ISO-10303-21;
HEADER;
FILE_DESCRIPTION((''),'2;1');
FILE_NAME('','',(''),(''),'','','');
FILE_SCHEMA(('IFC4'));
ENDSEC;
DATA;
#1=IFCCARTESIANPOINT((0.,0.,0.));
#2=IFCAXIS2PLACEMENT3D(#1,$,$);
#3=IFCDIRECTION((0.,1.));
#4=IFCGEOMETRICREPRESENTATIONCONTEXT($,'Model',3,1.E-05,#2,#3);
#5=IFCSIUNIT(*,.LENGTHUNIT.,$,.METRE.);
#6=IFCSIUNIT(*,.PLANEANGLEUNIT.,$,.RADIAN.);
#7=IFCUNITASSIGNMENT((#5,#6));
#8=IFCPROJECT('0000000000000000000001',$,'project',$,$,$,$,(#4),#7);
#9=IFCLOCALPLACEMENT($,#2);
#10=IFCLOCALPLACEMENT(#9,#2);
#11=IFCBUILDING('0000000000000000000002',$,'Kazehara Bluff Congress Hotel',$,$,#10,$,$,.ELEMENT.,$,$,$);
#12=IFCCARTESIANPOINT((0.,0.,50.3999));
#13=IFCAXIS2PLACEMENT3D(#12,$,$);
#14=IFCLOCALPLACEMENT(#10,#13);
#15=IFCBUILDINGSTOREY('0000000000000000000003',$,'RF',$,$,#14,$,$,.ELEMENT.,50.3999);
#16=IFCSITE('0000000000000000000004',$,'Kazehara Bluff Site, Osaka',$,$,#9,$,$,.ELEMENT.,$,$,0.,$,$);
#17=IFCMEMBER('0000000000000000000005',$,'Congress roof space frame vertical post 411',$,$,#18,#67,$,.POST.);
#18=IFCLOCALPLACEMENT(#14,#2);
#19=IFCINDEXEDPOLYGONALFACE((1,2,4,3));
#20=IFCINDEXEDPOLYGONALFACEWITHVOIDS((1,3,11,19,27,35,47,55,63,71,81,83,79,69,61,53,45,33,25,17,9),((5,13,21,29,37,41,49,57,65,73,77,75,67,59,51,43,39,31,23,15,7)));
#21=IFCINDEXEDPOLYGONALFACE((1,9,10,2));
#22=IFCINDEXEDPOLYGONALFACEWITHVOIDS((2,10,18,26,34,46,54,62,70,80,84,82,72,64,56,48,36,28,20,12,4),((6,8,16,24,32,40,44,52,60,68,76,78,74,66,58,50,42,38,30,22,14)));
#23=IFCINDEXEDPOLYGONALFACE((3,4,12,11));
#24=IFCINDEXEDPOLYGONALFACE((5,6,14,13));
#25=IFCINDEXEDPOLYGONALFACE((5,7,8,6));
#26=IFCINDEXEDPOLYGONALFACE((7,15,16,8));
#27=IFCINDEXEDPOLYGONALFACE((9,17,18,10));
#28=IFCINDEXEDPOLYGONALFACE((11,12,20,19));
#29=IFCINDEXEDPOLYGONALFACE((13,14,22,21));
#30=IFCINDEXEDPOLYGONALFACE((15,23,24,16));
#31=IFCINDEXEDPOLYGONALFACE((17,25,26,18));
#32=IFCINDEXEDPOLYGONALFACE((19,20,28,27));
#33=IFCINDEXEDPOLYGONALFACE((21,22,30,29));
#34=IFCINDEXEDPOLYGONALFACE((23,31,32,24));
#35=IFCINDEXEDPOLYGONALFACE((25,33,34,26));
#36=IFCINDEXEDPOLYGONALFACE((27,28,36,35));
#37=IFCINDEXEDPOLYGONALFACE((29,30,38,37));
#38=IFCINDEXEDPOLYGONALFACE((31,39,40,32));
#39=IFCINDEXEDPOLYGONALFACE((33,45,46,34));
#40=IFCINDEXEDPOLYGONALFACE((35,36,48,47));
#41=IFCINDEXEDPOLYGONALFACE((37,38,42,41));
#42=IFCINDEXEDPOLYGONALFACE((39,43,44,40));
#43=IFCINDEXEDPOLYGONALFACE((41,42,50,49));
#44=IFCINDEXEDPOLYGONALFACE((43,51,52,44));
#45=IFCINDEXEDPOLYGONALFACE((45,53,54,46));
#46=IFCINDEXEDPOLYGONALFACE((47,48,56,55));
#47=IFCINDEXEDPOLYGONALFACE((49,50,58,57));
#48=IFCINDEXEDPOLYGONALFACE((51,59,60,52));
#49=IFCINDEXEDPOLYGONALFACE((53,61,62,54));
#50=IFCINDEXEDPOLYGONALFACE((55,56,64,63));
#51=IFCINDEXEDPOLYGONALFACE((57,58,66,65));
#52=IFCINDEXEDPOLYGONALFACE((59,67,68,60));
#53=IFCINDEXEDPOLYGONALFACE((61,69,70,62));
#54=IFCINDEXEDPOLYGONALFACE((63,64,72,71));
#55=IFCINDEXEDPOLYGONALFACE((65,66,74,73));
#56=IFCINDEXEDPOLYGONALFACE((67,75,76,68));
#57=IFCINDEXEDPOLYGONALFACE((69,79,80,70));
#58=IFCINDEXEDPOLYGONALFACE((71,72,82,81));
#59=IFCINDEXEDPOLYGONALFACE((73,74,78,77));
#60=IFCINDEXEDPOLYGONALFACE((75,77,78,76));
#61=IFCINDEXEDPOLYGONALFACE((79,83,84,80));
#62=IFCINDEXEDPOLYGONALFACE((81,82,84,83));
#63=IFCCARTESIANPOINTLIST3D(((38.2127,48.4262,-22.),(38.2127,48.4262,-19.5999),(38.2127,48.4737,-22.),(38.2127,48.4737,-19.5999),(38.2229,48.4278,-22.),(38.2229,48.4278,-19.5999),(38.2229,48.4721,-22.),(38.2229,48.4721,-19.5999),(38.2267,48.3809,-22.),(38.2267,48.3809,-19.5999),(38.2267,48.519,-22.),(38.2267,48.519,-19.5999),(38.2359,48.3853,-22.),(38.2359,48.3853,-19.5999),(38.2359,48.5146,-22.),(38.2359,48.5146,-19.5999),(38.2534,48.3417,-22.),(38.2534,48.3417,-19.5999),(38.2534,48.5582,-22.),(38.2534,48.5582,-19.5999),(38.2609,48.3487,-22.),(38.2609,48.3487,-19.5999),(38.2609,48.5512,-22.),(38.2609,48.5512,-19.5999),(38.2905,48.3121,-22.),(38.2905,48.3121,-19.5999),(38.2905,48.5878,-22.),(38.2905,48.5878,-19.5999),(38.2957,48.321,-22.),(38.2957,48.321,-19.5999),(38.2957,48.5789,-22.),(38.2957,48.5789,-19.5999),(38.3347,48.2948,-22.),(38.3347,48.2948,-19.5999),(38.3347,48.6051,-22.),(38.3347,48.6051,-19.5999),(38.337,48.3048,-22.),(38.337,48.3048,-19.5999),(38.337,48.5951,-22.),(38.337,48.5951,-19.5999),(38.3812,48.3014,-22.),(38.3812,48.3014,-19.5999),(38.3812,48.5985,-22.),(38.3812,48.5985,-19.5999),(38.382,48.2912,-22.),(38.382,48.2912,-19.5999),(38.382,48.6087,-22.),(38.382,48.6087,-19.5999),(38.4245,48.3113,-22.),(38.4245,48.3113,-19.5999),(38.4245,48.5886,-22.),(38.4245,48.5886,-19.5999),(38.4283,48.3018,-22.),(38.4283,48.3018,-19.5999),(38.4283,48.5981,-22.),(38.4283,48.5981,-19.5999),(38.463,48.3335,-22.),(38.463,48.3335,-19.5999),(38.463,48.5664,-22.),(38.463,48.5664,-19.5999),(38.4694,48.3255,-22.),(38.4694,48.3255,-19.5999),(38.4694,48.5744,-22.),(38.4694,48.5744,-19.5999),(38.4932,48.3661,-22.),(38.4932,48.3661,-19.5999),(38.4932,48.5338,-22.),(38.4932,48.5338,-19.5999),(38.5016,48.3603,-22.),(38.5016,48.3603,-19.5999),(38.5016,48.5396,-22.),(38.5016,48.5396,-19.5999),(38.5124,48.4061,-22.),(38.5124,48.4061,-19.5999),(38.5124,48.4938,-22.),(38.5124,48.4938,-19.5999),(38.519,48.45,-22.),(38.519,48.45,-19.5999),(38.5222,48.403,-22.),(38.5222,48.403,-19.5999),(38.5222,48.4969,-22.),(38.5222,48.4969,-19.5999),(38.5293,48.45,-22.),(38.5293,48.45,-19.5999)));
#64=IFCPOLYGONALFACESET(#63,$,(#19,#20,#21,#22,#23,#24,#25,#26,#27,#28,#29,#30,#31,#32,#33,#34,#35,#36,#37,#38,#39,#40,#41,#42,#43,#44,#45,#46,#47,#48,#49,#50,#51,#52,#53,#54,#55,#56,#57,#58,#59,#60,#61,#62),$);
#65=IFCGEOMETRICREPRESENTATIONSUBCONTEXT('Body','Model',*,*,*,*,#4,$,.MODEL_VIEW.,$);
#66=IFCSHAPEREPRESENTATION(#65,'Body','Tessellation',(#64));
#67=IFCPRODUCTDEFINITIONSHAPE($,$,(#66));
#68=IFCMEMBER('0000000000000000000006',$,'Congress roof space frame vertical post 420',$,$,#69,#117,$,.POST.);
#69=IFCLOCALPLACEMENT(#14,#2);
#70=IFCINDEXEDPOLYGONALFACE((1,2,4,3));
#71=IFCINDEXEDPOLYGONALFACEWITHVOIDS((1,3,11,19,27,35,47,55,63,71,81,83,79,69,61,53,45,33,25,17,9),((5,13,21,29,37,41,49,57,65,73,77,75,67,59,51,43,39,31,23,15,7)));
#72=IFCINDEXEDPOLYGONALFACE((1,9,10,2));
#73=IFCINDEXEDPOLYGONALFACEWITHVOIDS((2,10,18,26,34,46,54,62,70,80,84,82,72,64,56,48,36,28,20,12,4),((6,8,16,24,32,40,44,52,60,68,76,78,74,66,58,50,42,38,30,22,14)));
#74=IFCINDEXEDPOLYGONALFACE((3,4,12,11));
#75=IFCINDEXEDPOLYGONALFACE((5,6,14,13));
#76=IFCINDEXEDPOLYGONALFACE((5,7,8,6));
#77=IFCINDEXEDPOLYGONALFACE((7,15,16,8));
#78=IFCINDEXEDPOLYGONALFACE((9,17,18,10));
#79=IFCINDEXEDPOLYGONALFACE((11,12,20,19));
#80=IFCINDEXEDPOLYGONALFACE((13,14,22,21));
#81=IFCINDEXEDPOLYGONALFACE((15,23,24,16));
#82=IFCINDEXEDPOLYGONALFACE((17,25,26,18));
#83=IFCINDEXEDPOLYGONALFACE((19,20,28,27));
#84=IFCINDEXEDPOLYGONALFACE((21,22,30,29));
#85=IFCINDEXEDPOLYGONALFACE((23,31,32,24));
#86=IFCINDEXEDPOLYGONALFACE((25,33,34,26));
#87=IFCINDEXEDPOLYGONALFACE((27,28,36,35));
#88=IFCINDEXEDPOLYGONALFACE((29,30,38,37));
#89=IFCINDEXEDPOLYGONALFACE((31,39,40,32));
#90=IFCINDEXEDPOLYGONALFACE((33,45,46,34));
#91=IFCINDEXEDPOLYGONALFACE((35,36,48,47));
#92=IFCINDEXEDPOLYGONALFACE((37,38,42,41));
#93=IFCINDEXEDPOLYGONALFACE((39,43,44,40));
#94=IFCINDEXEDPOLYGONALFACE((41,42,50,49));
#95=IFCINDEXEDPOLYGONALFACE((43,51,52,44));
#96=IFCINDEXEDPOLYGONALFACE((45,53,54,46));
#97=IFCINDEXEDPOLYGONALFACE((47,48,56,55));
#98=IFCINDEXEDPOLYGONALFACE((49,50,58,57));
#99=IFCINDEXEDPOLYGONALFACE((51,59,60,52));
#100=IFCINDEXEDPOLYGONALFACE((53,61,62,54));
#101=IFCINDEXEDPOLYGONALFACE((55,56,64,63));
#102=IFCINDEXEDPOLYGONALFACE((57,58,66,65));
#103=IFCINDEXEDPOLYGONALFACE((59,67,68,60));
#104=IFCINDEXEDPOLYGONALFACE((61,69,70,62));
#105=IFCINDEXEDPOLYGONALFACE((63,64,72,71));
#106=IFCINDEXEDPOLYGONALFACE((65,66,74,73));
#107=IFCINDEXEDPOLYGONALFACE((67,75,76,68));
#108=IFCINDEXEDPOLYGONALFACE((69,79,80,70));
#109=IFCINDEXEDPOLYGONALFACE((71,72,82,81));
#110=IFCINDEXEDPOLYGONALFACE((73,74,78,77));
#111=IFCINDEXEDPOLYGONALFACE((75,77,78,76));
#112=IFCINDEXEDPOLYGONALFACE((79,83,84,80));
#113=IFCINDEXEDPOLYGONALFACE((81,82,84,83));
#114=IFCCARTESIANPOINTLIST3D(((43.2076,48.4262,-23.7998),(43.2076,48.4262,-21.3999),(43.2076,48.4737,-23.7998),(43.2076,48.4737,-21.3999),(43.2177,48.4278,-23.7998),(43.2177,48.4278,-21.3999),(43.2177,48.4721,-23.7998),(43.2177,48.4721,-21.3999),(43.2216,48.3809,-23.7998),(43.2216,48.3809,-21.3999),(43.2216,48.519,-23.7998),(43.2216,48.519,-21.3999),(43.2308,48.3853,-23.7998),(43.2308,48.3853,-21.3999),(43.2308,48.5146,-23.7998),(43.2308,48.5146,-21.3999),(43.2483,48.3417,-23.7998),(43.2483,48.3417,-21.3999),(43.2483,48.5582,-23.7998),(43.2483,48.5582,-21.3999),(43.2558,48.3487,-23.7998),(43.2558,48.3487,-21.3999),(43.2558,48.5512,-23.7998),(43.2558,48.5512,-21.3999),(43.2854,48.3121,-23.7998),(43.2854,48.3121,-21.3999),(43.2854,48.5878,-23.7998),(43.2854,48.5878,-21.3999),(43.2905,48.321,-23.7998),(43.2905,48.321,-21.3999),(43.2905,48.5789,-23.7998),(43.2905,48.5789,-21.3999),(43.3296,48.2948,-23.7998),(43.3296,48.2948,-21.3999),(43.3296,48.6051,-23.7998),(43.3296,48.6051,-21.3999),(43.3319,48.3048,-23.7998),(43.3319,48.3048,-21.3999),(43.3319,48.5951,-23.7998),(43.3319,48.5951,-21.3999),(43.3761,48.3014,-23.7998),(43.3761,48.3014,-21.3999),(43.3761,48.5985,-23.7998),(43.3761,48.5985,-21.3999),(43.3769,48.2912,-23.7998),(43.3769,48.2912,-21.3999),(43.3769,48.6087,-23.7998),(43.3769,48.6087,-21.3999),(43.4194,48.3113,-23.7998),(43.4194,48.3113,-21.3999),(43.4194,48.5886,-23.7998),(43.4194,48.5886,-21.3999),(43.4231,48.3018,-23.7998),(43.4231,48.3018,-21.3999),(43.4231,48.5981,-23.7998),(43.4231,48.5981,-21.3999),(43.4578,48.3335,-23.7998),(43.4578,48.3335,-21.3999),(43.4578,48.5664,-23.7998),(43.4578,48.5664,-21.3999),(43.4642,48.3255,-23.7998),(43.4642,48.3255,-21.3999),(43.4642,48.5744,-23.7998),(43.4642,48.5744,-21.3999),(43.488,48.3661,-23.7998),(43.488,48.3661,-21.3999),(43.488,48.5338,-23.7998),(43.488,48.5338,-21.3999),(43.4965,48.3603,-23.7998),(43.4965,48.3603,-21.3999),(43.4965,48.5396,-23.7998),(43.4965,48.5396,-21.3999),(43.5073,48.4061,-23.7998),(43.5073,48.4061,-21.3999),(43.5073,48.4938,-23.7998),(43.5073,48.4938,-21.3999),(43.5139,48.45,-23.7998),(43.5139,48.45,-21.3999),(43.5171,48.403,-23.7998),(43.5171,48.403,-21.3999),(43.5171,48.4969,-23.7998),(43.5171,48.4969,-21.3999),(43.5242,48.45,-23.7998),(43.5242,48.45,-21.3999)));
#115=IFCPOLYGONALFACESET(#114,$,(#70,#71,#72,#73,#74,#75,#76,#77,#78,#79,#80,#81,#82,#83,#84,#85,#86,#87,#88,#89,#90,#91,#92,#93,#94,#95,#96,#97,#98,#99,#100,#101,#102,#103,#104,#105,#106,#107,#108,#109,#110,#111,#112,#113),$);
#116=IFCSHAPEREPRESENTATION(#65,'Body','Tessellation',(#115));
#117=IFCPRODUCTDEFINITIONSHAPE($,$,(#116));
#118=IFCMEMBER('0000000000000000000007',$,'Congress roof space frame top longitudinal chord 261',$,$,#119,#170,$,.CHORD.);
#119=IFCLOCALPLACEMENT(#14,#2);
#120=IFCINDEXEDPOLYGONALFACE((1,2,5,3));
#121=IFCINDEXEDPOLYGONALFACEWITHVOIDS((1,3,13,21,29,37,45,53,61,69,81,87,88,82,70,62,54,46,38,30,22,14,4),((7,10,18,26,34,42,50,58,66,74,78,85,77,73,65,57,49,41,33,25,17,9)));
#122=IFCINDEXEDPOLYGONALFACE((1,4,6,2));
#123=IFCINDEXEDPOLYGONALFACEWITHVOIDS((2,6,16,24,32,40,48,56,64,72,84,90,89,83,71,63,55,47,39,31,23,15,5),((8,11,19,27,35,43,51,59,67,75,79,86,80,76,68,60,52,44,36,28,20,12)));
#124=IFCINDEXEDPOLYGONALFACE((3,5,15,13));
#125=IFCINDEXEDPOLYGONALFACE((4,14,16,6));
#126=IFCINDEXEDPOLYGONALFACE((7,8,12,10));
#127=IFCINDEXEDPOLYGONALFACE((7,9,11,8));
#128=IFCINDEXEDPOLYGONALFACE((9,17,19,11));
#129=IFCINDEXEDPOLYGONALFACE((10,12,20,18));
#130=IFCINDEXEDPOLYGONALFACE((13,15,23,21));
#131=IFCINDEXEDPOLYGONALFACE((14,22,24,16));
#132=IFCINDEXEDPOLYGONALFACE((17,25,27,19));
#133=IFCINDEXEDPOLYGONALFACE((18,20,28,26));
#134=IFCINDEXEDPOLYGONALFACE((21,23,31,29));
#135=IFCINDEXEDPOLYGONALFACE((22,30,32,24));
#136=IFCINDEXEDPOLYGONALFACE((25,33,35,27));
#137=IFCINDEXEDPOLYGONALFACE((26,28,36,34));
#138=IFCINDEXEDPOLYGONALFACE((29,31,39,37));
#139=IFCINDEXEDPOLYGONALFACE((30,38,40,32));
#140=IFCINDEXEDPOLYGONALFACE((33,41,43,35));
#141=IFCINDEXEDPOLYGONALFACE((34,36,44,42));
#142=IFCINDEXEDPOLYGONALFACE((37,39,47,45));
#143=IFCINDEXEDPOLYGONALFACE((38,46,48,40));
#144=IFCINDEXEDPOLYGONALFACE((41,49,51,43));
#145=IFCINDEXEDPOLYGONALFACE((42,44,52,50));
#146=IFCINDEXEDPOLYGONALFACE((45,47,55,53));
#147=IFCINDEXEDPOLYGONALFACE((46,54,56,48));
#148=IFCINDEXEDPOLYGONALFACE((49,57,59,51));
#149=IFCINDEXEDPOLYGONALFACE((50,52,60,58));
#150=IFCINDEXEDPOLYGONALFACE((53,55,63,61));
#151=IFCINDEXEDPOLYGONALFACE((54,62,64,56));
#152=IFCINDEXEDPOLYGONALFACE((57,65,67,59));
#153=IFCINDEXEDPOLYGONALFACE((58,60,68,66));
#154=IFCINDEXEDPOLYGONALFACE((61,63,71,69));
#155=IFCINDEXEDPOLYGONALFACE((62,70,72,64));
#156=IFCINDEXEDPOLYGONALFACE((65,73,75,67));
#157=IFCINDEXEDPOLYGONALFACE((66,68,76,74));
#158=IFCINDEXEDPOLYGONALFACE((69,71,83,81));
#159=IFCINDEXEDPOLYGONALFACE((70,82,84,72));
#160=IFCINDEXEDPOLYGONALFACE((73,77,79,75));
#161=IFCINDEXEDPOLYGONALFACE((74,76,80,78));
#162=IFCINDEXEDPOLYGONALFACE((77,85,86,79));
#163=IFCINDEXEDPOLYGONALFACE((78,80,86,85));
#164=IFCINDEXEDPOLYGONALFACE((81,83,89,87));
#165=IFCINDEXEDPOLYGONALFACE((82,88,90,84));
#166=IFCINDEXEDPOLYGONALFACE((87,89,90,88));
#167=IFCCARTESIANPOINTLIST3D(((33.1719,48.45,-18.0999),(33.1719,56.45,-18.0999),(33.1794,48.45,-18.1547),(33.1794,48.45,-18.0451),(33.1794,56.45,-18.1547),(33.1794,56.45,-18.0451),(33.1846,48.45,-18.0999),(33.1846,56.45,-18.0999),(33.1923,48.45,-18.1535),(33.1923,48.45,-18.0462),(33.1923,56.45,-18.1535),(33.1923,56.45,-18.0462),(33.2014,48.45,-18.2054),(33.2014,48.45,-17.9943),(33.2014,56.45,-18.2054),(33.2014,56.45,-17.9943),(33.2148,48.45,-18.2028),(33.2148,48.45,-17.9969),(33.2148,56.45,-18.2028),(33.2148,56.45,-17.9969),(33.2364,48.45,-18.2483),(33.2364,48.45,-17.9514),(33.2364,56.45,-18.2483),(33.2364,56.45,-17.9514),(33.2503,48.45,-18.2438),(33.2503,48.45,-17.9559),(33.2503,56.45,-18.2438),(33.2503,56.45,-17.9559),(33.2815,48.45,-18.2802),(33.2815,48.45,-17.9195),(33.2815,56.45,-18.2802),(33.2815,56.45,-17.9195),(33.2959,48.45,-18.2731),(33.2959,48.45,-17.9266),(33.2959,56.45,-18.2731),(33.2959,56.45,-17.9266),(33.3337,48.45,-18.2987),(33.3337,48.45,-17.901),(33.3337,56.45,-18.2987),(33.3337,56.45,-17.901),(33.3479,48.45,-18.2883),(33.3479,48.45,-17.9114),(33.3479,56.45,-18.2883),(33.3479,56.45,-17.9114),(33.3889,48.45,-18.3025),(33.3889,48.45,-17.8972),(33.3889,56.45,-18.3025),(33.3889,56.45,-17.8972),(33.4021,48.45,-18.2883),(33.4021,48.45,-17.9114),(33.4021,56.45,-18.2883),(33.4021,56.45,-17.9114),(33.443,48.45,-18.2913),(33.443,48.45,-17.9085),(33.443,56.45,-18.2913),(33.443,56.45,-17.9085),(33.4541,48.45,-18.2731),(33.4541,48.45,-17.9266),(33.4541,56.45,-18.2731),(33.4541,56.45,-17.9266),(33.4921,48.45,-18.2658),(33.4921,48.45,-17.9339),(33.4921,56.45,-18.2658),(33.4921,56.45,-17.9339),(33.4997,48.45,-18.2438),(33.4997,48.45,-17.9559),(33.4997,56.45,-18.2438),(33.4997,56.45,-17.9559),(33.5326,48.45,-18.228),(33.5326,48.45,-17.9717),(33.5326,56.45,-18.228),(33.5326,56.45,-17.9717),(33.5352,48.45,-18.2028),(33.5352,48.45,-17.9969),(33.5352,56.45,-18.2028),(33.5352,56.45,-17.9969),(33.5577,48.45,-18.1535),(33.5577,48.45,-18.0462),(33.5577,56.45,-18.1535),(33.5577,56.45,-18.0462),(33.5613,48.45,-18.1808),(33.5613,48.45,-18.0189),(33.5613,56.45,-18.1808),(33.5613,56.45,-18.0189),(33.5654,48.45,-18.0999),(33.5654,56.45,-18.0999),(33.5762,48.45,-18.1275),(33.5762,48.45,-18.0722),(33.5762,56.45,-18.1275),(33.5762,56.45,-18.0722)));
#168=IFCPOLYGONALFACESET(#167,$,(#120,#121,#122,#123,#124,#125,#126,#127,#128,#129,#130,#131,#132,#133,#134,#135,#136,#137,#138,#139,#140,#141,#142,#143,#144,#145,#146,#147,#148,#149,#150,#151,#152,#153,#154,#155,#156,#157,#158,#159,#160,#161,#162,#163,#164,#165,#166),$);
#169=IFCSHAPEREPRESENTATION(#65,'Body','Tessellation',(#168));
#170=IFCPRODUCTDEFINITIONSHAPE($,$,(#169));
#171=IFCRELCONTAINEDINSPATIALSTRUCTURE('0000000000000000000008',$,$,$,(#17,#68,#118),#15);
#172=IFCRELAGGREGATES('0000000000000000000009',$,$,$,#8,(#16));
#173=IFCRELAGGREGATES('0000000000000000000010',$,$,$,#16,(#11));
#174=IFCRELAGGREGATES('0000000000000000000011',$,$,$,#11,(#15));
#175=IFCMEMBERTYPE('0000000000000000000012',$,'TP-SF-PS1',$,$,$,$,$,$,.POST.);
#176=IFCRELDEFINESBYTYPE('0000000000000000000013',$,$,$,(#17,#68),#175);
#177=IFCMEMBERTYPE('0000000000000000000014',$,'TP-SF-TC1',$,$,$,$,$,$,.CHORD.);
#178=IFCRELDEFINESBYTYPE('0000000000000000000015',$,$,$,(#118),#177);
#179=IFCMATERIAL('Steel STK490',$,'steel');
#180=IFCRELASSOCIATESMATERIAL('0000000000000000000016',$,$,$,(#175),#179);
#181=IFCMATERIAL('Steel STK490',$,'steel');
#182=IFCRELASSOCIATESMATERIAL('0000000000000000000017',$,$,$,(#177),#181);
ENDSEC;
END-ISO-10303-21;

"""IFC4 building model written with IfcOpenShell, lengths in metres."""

from ifc_helpers import new_model, si_unit, direction, frame, origin, origin_2d, place, context, subcontext, project, spatial, hollow_circle, extrude, material, material_profile, profile_set, type_object, element, save


model = new_model("IFC4")

# Units and contexts
model_context = context("Model", 3, precision=1e-05, world=origin(), true_north=direction((0.0, 1.0)))
body_context = subcontext(model_context, "Body", "Model", "MODEL_VIEW")
ifc_project = project(units=[si_unit("LENGTHUNIT", "METRE"), si_unit("PLANEANGLEUNIT", "RADIAN")], contexts=[model_context])

# Site, building, storey
site_placement = place(None, origin())
site = spatial("IfcSite", under=ifc_project, at=site_placement, Name="Kazehara Bluff Site, Osaka", CompositionType="ELEMENT", RefElevation=0.0)
building_placement = place(site_placement, origin())
building = spatial("IfcBuilding", under=site, at=building_placement, Name="Kazehara Bluff Congress Hotel", CompositionType="ELEMENT")
storey_placement = place(building_placement, frame((0.0, 0.0, 50.3999)))
storey = spatial("IfcBuildingStorey", under=building, at=storey_placement, Name="RF", CompositionType="ELEMENT", Elevation=50.3999)

# Members
ifc_material_1 = material(Name="Steel STK490", Category="steel")
ifc_material_profile_1 = material_profile(ifc_material_1, hollow_circle(Radius=0.1592, WallThickness=0.0103, at=origin_2d()))
ifc_profile_set_1 = profile_set([ifc_material_profile_1], Name="Steel STK490")
member_type_1 = type_object("IfcMemberType", Name="TP-SF-PS1", PredefinedType="POST", material=ifc_profile_set_1)
for number, where, z_axis, x_axis, name in (
    (1, (38.3701, 48.45, -22.0), (0.0, 0.0, 1.0), (1.0, 0.0, 0.0), "Congress roof space frame vertical post 411"),
):
    element("IfcMember", number, at=place(storey_placement, frame(where, z_axis=z_axis, x_axis=x_axis)), inside=storey, type_object=member_type_1, Name=name, PredefinedType="POST", context=body_context, shape_type="SweptSolid", body=[
        extrude(hollow_circle(Radius=0.1592, WallThickness=0.0103, at=origin_2d()), origin(), (0.0, 0.0, 1.0), 2.4001),
    ])
member_1_placement = place(storey_placement, frame((43.365, 48.45, -23.7998), z_axis=(0.0, 0.0, 1.0), x_axis=(1.0, 0.0, 0.0)))
element("IfcMember", 2, at=member_1_placement, inside=storey, type_object=member_type_1, Name="Congress roof space frame vertical post 420", PredefinedType="POST", context=body_context, shape_type="SweptSolid", body=[
    extrude(hollow_circle(Radius=0.1592, WallThickness=0.0103, at=origin_2d()), origin(), (0.0, 0.0, 1.0), 2.3999),
])
ifc_material_2 = material(Name="Steel STK490", Category="steel")
ifc_material_profile_2 = material_profile(ifc_material_2, hollow_circle(Radius=0.2031, WallThickness=0.0127, at=origin_2d()))
ifc_profile_set_2 = profile_set([ifc_material_profile_2], Name="Steel STK490")
member_type_2 = type_object("IfcMemberType", Name="TP-SF-TC1", PredefinedType="CHORD", material=ifc_profile_set_2)
for number, where, z_axis, x_axis, name in (
    (3, (33.375, 48.45, -18.0999), (0.0, 1.0, 0.0), (-1.0, 0.0, 0.0), "Congress roof space frame top longitudinal chord 261"),
):
    element("IfcMember", number, at=place(storey_placement, frame(where, z_axis=z_axis, x_axis=x_axis)), inside=storey, type_object=member_type_2, Name=name, PredefinedType="CHORD", context=body_context, shape_type="SweptSolid", body=[
        extrude(hollow_circle(Radius=0.2031, WallThickness=0.0127, at=origin_2d()), origin(), (0.0, 0.0, 1.0), 8.0),
    ])

save(model, "model.ifc")
